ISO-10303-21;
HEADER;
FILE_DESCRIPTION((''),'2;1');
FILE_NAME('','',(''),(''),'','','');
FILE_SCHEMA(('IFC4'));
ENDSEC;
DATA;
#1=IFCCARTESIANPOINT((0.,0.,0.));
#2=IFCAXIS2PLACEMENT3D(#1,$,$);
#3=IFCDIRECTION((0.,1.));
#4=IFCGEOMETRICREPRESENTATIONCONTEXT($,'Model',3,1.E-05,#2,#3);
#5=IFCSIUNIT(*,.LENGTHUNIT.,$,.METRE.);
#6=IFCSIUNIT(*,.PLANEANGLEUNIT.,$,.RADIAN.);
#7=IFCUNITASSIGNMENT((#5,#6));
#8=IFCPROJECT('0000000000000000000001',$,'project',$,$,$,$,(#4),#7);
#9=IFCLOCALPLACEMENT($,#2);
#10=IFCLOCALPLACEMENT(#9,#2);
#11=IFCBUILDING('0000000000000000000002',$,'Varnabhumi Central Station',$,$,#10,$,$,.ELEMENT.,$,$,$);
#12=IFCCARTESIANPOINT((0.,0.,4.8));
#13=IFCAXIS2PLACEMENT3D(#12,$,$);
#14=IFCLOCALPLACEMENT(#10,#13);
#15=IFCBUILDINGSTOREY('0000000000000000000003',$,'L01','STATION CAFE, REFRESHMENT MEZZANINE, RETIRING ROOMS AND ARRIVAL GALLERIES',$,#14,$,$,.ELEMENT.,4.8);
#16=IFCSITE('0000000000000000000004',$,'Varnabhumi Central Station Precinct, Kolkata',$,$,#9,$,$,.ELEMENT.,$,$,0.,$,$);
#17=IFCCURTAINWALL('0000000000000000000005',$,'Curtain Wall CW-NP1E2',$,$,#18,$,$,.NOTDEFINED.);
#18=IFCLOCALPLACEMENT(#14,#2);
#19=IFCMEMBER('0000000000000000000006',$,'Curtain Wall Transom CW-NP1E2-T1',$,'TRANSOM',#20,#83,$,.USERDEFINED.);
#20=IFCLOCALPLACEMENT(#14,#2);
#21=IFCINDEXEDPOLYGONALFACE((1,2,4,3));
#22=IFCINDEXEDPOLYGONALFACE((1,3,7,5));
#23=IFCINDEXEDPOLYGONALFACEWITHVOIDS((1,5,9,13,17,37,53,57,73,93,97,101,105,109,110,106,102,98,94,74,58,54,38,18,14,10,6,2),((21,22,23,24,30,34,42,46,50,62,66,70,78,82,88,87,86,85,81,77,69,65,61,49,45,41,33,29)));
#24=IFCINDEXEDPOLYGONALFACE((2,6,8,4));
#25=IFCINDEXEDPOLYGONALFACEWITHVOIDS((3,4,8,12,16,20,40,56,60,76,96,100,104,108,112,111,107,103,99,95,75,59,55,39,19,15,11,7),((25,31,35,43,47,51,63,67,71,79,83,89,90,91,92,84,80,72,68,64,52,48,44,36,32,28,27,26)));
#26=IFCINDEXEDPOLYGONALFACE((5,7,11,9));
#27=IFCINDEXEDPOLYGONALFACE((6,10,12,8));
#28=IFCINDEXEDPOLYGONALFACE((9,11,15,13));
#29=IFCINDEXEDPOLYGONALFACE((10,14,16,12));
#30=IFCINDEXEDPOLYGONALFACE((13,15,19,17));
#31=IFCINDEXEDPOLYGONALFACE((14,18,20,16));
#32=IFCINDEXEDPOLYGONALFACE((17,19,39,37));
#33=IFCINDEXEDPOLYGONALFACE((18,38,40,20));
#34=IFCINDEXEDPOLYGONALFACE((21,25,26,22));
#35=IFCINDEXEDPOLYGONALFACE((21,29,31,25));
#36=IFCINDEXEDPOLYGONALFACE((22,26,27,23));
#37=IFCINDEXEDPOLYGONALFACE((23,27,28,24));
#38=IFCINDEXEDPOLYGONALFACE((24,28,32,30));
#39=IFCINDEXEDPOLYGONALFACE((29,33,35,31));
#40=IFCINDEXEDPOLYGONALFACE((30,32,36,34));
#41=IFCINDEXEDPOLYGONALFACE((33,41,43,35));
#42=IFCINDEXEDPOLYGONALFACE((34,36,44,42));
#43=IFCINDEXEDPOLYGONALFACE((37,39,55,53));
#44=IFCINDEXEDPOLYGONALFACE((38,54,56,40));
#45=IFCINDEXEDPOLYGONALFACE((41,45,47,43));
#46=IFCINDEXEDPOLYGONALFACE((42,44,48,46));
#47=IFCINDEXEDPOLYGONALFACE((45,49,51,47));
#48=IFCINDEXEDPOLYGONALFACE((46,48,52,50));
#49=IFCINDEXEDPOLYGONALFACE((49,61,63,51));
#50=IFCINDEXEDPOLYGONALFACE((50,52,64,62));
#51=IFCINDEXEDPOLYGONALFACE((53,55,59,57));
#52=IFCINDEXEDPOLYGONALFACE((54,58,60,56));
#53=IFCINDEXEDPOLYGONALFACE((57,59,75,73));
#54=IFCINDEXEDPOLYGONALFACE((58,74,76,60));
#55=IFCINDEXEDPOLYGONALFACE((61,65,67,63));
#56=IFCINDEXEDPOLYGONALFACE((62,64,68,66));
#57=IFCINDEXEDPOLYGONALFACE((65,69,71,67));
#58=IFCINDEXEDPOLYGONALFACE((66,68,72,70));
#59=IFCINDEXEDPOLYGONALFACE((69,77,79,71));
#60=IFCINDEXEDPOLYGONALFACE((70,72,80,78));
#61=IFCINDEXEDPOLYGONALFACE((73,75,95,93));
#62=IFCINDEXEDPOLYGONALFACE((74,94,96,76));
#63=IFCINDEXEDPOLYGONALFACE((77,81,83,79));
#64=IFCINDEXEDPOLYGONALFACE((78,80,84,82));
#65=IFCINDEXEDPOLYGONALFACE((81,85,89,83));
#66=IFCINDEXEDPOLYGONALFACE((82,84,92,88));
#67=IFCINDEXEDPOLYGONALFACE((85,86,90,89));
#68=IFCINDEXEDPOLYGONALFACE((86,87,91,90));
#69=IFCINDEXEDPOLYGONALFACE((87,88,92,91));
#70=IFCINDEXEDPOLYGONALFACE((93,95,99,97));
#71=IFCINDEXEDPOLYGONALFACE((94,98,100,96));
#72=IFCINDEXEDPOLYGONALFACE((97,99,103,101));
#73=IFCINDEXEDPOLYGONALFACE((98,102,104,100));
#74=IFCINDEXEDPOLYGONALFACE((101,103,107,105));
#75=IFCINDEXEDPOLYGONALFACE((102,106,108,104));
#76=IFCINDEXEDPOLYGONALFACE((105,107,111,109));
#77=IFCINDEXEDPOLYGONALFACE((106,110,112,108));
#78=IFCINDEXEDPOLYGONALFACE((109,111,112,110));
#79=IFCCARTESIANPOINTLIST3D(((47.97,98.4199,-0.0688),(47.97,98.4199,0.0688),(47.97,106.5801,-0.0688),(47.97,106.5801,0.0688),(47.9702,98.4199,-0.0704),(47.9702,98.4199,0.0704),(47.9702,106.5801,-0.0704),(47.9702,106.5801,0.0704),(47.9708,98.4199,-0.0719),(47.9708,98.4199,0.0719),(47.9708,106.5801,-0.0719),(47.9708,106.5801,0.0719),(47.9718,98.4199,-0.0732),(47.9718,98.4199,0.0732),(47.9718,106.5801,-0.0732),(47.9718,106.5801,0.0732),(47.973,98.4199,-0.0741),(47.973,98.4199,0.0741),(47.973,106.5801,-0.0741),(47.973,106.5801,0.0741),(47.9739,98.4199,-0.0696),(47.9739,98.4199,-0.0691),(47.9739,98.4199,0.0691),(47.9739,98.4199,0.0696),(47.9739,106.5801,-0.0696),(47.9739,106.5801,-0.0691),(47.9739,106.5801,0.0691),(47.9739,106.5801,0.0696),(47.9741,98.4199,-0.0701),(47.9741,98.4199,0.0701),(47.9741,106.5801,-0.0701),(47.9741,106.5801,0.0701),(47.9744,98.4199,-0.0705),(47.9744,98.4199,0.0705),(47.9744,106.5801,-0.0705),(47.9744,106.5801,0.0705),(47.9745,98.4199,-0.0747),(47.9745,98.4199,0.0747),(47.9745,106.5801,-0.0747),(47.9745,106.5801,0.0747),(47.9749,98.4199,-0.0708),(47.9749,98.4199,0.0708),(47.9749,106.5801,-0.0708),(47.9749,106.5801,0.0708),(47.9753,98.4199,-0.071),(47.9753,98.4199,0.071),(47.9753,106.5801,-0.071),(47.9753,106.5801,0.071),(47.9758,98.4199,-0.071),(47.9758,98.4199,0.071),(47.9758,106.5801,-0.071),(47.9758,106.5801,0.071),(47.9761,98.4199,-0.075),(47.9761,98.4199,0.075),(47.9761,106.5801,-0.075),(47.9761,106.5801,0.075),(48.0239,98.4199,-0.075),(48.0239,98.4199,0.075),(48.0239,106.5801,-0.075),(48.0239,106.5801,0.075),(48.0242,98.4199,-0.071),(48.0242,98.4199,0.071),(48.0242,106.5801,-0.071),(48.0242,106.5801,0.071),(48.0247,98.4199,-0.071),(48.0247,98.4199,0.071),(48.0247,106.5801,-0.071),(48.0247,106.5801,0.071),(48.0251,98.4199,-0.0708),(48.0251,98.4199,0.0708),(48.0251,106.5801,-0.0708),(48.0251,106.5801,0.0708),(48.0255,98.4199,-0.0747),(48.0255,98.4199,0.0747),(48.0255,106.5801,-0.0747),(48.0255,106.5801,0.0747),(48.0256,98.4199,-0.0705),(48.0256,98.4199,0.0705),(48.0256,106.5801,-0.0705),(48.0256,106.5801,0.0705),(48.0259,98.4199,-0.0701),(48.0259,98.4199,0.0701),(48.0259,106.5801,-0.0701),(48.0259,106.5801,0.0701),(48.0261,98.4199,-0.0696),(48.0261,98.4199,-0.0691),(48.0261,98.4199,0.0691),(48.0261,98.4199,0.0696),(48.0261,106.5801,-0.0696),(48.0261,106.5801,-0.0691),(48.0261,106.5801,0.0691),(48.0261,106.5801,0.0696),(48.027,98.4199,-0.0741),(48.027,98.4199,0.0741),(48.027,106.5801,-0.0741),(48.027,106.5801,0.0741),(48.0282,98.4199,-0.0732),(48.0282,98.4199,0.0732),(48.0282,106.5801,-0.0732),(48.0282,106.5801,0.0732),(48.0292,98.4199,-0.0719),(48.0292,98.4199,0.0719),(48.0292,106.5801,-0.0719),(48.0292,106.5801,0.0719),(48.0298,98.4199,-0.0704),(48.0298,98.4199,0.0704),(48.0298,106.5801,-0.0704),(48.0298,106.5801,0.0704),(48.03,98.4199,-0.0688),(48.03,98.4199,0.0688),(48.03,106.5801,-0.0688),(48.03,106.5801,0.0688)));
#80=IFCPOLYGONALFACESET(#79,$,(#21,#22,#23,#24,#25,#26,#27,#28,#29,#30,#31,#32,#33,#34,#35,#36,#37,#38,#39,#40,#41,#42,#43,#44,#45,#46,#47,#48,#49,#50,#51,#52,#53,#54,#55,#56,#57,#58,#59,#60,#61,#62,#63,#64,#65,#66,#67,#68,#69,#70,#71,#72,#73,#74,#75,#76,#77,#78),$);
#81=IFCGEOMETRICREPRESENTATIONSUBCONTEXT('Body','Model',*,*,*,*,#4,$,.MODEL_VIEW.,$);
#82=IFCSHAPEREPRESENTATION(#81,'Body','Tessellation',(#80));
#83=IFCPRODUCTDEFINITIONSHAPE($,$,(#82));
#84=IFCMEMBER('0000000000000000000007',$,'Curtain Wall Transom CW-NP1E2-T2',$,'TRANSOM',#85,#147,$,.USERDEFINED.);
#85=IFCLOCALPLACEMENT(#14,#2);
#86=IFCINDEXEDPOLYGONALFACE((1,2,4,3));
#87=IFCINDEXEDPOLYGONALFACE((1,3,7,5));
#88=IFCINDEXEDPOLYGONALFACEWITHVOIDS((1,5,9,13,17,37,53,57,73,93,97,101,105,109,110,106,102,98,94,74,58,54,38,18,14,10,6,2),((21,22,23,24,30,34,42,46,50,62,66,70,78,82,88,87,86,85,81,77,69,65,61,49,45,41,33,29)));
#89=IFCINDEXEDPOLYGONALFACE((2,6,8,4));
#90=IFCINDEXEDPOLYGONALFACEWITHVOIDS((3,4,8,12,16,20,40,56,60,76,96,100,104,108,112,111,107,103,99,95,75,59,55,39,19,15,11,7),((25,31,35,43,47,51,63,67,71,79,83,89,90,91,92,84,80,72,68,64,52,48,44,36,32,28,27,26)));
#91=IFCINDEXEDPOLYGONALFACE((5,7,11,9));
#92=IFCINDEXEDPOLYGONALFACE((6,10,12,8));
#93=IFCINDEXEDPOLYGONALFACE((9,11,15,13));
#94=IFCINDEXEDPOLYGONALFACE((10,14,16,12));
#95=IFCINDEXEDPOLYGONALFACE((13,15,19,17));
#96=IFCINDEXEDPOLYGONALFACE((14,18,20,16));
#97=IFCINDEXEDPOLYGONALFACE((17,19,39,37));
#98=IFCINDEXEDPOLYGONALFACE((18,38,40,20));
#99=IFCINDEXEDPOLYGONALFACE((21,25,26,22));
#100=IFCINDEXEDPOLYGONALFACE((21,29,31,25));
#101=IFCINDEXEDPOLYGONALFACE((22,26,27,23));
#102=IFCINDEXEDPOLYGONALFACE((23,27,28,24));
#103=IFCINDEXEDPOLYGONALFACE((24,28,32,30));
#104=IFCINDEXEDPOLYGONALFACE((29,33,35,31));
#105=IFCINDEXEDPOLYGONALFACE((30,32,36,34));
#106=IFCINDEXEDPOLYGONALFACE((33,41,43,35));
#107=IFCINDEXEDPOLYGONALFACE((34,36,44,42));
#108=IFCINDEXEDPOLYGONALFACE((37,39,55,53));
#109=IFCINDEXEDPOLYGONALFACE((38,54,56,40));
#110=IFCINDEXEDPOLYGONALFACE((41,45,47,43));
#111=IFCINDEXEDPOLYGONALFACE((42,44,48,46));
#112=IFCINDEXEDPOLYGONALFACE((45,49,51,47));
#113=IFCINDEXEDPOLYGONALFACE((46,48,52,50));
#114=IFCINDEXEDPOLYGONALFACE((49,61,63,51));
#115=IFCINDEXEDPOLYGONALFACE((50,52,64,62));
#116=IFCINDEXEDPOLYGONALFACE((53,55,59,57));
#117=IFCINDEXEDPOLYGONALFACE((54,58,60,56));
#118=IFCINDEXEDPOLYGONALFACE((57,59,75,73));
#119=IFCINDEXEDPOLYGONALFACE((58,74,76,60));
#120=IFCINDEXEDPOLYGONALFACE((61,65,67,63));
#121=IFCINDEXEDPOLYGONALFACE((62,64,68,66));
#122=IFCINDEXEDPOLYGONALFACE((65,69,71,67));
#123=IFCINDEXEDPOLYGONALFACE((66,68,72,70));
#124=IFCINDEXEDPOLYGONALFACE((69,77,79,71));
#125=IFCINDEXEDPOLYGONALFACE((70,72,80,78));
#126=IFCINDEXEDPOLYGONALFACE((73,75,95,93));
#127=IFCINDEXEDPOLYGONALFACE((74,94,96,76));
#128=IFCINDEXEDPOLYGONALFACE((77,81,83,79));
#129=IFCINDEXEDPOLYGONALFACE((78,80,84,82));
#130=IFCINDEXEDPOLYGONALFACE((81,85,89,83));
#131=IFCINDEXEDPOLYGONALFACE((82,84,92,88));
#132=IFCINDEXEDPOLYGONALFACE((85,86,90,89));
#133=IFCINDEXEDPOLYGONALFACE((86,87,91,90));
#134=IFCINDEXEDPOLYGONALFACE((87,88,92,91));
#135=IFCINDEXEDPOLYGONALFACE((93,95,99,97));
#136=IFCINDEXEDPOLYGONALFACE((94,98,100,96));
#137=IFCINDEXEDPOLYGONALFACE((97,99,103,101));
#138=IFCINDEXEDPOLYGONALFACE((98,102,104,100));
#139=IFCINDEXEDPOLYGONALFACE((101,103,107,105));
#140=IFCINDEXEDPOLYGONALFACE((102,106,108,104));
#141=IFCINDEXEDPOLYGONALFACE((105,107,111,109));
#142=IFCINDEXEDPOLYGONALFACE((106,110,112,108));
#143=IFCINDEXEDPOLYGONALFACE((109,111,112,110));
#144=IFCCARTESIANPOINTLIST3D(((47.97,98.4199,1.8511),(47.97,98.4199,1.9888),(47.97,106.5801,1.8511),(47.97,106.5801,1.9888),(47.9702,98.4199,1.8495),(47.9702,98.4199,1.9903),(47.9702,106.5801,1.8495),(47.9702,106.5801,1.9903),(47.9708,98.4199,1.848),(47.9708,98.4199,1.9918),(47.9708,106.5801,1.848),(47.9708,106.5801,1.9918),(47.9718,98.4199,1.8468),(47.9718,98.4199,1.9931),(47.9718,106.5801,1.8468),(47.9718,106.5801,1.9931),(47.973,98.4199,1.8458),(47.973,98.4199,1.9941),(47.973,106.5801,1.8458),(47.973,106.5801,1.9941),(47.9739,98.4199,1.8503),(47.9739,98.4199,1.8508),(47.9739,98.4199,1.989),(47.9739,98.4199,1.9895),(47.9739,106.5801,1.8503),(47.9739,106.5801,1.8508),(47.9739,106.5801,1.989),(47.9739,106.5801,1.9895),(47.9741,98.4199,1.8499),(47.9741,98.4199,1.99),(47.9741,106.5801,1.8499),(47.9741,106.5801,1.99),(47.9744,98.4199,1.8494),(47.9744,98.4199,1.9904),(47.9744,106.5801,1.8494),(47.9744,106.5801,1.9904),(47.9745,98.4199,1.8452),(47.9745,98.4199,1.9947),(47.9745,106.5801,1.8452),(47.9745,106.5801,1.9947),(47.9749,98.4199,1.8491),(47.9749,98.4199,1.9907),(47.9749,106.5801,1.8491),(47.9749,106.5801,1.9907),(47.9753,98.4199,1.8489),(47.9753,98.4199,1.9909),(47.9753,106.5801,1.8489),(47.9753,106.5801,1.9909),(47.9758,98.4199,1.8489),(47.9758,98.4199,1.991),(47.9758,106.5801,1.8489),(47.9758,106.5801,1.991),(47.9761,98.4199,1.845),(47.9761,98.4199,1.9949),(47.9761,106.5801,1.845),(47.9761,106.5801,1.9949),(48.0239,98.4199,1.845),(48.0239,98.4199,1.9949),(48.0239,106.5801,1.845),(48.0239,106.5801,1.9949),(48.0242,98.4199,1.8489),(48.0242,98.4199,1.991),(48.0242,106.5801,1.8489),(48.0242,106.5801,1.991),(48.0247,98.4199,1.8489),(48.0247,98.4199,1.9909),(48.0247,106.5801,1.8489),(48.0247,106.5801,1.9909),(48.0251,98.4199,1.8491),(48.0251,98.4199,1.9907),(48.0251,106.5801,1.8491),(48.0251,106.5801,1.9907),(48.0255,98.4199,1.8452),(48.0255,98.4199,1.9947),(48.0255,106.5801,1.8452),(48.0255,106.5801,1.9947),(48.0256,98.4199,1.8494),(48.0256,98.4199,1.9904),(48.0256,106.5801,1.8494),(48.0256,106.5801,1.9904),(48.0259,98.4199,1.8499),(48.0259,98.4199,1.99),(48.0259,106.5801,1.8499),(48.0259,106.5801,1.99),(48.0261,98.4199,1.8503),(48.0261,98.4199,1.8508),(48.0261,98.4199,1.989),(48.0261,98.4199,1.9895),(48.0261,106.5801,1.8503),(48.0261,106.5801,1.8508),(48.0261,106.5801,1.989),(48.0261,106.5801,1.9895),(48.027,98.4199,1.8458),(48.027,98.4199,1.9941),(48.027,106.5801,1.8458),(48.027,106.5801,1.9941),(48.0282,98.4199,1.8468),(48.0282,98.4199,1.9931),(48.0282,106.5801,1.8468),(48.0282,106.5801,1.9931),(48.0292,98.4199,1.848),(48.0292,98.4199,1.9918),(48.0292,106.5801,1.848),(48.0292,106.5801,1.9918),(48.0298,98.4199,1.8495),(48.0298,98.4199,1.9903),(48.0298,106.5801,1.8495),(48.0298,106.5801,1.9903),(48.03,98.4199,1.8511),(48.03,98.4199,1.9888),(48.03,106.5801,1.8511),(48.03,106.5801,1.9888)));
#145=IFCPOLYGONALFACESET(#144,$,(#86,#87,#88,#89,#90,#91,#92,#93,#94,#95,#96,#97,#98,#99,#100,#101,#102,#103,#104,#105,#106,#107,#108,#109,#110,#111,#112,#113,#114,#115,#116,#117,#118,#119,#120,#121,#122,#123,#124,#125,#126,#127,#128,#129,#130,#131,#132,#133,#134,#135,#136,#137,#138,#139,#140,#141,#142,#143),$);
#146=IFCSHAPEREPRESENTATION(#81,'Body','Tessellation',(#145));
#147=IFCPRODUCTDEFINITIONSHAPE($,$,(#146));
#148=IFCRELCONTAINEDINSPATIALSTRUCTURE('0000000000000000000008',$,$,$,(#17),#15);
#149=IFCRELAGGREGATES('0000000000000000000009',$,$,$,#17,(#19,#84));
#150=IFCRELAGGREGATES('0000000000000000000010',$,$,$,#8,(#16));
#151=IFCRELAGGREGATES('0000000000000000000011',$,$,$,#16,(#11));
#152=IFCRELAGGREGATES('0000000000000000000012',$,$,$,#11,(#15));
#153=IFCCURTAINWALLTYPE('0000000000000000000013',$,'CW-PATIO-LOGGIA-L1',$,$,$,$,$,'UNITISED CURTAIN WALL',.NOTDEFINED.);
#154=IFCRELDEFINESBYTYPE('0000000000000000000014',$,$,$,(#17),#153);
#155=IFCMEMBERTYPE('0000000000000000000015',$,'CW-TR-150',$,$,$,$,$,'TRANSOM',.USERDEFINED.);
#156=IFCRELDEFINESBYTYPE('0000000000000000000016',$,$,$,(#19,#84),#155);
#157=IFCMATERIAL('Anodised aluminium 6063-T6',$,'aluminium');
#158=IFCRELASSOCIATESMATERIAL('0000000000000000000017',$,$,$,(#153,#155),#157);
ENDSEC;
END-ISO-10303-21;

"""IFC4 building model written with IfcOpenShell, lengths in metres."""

from ifc_helpers import new_model, si_unit, direction, frame, origin, origin_2d, place, context, subcontext, project, spatial, hollow_rectangle, extrude, material, material_profile, profile_set, type_object, element, aggregate, save


model = new_model("IFC4")

# Units and contexts
model_context = context("Model", 3, precision=1e-05, world=origin(), true_north=direction((0.0, 1.0)))
body_context = subcontext(model_context, "Body", "Model", "MODEL_VIEW")
ifc_project = project(units=[si_unit("LENGTHUNIT", "METRE"), si_unit("PLANEANGLEUNIT", "RADIAN")], contexts=[model_context])

# Site, building, storey
site_placement = place(None, origin())
site = spatial("IfcSite", under=ifc_project, at=site_placement, Name="Varnabhumi Central Station Precinct, Kolkata", CompositionType="ELEMENT", RefElevation=0.0)
building_placement = place(site_placement, origin())
building = spatial("IfcBuilding", under=site, at=building_placement, Name="Varnabhumi Central Station", CompositionType="ELEMENT")
storey_placement = place(building_placement, frame((0.0, 0.0, 4.8)))
storey = spatial("IfcBuildingStorey", under=building, at=storey_placement, Name="L01", Description="STATION CAFE, REFRESHMENT MEZZANINE, RETIRING ROOMS AND ARRIVAL GALLERIES", CompositionType="ELEMENT", Elevation=4.8)

# Curtain wall
ifc_material_1 = material(Name="Anodised aluminium 6063-T6", Category="aluminium")
curtain_wall_type = type_object("IfcCurtainWallType", Name="CW-PATIO-LOGGIA-L1", ElementType="UNITISED CURTAIN WALL", PredefinedType="NOTDEFINED", material=ifc_material_1)
curtain_wall_1_placement = place(storey_placement, origin())
curtain_wall_1 = element("IfcCurtainWall", 1, at=curtain_wall_1_placement, inside=storey, type_object=curtain_wall_type, Name="Curtain Wall CW-NP1E2", PredefinedType="NOTDEFINED")

# Members
ifc_material_profile_1 = material_profile(ifc_material_1, hollow_rectangle(XDim=0.0601, YDim=0.1499, WallThickness=0.0039, InnerFilletRadius=0.002, OuterFilletRadius=0.0061, at=origin_2d()), Name="Anodised aluminium 6063-T6", Category="aluminium")
ifc_profile_set_1 = profile_set([ifc_material_profile_1], Name="Anodised aluminium 6063-T6")
member_type_1 = type_object("IfcMemberType", Name="CW-TR-150", ElementType="TRANSOM", PredefinedType="USERDEFINED", material=ifc_profile_set_1)
member_1_placement = place(storey_placement, frame((48.0, 98.4199, 0.0), z_axis=(0.0, 1.0, 0.0), x_axis=(-1.0, 0.0, 0.0)))
member_1 = element("IfcMember", 2, at=member_1_placement, type_object=member_type_1, Name="Curtain Wall Transom CW-NP1E2-T1", ObjectType="TRANSOM", PredefinedType="USERDEFINED", context=body_context, shape_type="SweptSolid", body=[
    extrude(hollow_rectangle(XDim=0.0601, YDim=0.1499, WallThickness=0.0039, InnerFilletRadius=0.002, OuterFilletRadius=0.0061, at=origin_2d()), origin(), (0.0, 0.0, 1.0), 8.1602),
])
member_2_placement = place(storey_placement, frame((48.0, 98.4199, 1.9199), z_axis=(0.0, 1.0, 0.0), x_axis=(-1.0, 0.0, 0.0)))
member_2 = element("IfcMember", 3, at=member_2_placement, type_object=member_type_1, Name="Curtain Wall Transom CW-NP1E2-T2", ObjectType="TRANSOM", PredefinedType="USERDEFINED", context=body_context, shape_type="SweptSolid", body=[
    extrude(hollow_rectangle(XDim=0.0601, YDim=0.1499, WallThickness=0.0039, InnerFilletRadius=0.002, OuterFilletRadius=0.0061, at=origin_2d()), origin(), (0.0, 0.0, 1.0), 8.1602),
])

aggregate(curtain_wall_1, [member_1, member_2])

save(model, "model.ifc")
